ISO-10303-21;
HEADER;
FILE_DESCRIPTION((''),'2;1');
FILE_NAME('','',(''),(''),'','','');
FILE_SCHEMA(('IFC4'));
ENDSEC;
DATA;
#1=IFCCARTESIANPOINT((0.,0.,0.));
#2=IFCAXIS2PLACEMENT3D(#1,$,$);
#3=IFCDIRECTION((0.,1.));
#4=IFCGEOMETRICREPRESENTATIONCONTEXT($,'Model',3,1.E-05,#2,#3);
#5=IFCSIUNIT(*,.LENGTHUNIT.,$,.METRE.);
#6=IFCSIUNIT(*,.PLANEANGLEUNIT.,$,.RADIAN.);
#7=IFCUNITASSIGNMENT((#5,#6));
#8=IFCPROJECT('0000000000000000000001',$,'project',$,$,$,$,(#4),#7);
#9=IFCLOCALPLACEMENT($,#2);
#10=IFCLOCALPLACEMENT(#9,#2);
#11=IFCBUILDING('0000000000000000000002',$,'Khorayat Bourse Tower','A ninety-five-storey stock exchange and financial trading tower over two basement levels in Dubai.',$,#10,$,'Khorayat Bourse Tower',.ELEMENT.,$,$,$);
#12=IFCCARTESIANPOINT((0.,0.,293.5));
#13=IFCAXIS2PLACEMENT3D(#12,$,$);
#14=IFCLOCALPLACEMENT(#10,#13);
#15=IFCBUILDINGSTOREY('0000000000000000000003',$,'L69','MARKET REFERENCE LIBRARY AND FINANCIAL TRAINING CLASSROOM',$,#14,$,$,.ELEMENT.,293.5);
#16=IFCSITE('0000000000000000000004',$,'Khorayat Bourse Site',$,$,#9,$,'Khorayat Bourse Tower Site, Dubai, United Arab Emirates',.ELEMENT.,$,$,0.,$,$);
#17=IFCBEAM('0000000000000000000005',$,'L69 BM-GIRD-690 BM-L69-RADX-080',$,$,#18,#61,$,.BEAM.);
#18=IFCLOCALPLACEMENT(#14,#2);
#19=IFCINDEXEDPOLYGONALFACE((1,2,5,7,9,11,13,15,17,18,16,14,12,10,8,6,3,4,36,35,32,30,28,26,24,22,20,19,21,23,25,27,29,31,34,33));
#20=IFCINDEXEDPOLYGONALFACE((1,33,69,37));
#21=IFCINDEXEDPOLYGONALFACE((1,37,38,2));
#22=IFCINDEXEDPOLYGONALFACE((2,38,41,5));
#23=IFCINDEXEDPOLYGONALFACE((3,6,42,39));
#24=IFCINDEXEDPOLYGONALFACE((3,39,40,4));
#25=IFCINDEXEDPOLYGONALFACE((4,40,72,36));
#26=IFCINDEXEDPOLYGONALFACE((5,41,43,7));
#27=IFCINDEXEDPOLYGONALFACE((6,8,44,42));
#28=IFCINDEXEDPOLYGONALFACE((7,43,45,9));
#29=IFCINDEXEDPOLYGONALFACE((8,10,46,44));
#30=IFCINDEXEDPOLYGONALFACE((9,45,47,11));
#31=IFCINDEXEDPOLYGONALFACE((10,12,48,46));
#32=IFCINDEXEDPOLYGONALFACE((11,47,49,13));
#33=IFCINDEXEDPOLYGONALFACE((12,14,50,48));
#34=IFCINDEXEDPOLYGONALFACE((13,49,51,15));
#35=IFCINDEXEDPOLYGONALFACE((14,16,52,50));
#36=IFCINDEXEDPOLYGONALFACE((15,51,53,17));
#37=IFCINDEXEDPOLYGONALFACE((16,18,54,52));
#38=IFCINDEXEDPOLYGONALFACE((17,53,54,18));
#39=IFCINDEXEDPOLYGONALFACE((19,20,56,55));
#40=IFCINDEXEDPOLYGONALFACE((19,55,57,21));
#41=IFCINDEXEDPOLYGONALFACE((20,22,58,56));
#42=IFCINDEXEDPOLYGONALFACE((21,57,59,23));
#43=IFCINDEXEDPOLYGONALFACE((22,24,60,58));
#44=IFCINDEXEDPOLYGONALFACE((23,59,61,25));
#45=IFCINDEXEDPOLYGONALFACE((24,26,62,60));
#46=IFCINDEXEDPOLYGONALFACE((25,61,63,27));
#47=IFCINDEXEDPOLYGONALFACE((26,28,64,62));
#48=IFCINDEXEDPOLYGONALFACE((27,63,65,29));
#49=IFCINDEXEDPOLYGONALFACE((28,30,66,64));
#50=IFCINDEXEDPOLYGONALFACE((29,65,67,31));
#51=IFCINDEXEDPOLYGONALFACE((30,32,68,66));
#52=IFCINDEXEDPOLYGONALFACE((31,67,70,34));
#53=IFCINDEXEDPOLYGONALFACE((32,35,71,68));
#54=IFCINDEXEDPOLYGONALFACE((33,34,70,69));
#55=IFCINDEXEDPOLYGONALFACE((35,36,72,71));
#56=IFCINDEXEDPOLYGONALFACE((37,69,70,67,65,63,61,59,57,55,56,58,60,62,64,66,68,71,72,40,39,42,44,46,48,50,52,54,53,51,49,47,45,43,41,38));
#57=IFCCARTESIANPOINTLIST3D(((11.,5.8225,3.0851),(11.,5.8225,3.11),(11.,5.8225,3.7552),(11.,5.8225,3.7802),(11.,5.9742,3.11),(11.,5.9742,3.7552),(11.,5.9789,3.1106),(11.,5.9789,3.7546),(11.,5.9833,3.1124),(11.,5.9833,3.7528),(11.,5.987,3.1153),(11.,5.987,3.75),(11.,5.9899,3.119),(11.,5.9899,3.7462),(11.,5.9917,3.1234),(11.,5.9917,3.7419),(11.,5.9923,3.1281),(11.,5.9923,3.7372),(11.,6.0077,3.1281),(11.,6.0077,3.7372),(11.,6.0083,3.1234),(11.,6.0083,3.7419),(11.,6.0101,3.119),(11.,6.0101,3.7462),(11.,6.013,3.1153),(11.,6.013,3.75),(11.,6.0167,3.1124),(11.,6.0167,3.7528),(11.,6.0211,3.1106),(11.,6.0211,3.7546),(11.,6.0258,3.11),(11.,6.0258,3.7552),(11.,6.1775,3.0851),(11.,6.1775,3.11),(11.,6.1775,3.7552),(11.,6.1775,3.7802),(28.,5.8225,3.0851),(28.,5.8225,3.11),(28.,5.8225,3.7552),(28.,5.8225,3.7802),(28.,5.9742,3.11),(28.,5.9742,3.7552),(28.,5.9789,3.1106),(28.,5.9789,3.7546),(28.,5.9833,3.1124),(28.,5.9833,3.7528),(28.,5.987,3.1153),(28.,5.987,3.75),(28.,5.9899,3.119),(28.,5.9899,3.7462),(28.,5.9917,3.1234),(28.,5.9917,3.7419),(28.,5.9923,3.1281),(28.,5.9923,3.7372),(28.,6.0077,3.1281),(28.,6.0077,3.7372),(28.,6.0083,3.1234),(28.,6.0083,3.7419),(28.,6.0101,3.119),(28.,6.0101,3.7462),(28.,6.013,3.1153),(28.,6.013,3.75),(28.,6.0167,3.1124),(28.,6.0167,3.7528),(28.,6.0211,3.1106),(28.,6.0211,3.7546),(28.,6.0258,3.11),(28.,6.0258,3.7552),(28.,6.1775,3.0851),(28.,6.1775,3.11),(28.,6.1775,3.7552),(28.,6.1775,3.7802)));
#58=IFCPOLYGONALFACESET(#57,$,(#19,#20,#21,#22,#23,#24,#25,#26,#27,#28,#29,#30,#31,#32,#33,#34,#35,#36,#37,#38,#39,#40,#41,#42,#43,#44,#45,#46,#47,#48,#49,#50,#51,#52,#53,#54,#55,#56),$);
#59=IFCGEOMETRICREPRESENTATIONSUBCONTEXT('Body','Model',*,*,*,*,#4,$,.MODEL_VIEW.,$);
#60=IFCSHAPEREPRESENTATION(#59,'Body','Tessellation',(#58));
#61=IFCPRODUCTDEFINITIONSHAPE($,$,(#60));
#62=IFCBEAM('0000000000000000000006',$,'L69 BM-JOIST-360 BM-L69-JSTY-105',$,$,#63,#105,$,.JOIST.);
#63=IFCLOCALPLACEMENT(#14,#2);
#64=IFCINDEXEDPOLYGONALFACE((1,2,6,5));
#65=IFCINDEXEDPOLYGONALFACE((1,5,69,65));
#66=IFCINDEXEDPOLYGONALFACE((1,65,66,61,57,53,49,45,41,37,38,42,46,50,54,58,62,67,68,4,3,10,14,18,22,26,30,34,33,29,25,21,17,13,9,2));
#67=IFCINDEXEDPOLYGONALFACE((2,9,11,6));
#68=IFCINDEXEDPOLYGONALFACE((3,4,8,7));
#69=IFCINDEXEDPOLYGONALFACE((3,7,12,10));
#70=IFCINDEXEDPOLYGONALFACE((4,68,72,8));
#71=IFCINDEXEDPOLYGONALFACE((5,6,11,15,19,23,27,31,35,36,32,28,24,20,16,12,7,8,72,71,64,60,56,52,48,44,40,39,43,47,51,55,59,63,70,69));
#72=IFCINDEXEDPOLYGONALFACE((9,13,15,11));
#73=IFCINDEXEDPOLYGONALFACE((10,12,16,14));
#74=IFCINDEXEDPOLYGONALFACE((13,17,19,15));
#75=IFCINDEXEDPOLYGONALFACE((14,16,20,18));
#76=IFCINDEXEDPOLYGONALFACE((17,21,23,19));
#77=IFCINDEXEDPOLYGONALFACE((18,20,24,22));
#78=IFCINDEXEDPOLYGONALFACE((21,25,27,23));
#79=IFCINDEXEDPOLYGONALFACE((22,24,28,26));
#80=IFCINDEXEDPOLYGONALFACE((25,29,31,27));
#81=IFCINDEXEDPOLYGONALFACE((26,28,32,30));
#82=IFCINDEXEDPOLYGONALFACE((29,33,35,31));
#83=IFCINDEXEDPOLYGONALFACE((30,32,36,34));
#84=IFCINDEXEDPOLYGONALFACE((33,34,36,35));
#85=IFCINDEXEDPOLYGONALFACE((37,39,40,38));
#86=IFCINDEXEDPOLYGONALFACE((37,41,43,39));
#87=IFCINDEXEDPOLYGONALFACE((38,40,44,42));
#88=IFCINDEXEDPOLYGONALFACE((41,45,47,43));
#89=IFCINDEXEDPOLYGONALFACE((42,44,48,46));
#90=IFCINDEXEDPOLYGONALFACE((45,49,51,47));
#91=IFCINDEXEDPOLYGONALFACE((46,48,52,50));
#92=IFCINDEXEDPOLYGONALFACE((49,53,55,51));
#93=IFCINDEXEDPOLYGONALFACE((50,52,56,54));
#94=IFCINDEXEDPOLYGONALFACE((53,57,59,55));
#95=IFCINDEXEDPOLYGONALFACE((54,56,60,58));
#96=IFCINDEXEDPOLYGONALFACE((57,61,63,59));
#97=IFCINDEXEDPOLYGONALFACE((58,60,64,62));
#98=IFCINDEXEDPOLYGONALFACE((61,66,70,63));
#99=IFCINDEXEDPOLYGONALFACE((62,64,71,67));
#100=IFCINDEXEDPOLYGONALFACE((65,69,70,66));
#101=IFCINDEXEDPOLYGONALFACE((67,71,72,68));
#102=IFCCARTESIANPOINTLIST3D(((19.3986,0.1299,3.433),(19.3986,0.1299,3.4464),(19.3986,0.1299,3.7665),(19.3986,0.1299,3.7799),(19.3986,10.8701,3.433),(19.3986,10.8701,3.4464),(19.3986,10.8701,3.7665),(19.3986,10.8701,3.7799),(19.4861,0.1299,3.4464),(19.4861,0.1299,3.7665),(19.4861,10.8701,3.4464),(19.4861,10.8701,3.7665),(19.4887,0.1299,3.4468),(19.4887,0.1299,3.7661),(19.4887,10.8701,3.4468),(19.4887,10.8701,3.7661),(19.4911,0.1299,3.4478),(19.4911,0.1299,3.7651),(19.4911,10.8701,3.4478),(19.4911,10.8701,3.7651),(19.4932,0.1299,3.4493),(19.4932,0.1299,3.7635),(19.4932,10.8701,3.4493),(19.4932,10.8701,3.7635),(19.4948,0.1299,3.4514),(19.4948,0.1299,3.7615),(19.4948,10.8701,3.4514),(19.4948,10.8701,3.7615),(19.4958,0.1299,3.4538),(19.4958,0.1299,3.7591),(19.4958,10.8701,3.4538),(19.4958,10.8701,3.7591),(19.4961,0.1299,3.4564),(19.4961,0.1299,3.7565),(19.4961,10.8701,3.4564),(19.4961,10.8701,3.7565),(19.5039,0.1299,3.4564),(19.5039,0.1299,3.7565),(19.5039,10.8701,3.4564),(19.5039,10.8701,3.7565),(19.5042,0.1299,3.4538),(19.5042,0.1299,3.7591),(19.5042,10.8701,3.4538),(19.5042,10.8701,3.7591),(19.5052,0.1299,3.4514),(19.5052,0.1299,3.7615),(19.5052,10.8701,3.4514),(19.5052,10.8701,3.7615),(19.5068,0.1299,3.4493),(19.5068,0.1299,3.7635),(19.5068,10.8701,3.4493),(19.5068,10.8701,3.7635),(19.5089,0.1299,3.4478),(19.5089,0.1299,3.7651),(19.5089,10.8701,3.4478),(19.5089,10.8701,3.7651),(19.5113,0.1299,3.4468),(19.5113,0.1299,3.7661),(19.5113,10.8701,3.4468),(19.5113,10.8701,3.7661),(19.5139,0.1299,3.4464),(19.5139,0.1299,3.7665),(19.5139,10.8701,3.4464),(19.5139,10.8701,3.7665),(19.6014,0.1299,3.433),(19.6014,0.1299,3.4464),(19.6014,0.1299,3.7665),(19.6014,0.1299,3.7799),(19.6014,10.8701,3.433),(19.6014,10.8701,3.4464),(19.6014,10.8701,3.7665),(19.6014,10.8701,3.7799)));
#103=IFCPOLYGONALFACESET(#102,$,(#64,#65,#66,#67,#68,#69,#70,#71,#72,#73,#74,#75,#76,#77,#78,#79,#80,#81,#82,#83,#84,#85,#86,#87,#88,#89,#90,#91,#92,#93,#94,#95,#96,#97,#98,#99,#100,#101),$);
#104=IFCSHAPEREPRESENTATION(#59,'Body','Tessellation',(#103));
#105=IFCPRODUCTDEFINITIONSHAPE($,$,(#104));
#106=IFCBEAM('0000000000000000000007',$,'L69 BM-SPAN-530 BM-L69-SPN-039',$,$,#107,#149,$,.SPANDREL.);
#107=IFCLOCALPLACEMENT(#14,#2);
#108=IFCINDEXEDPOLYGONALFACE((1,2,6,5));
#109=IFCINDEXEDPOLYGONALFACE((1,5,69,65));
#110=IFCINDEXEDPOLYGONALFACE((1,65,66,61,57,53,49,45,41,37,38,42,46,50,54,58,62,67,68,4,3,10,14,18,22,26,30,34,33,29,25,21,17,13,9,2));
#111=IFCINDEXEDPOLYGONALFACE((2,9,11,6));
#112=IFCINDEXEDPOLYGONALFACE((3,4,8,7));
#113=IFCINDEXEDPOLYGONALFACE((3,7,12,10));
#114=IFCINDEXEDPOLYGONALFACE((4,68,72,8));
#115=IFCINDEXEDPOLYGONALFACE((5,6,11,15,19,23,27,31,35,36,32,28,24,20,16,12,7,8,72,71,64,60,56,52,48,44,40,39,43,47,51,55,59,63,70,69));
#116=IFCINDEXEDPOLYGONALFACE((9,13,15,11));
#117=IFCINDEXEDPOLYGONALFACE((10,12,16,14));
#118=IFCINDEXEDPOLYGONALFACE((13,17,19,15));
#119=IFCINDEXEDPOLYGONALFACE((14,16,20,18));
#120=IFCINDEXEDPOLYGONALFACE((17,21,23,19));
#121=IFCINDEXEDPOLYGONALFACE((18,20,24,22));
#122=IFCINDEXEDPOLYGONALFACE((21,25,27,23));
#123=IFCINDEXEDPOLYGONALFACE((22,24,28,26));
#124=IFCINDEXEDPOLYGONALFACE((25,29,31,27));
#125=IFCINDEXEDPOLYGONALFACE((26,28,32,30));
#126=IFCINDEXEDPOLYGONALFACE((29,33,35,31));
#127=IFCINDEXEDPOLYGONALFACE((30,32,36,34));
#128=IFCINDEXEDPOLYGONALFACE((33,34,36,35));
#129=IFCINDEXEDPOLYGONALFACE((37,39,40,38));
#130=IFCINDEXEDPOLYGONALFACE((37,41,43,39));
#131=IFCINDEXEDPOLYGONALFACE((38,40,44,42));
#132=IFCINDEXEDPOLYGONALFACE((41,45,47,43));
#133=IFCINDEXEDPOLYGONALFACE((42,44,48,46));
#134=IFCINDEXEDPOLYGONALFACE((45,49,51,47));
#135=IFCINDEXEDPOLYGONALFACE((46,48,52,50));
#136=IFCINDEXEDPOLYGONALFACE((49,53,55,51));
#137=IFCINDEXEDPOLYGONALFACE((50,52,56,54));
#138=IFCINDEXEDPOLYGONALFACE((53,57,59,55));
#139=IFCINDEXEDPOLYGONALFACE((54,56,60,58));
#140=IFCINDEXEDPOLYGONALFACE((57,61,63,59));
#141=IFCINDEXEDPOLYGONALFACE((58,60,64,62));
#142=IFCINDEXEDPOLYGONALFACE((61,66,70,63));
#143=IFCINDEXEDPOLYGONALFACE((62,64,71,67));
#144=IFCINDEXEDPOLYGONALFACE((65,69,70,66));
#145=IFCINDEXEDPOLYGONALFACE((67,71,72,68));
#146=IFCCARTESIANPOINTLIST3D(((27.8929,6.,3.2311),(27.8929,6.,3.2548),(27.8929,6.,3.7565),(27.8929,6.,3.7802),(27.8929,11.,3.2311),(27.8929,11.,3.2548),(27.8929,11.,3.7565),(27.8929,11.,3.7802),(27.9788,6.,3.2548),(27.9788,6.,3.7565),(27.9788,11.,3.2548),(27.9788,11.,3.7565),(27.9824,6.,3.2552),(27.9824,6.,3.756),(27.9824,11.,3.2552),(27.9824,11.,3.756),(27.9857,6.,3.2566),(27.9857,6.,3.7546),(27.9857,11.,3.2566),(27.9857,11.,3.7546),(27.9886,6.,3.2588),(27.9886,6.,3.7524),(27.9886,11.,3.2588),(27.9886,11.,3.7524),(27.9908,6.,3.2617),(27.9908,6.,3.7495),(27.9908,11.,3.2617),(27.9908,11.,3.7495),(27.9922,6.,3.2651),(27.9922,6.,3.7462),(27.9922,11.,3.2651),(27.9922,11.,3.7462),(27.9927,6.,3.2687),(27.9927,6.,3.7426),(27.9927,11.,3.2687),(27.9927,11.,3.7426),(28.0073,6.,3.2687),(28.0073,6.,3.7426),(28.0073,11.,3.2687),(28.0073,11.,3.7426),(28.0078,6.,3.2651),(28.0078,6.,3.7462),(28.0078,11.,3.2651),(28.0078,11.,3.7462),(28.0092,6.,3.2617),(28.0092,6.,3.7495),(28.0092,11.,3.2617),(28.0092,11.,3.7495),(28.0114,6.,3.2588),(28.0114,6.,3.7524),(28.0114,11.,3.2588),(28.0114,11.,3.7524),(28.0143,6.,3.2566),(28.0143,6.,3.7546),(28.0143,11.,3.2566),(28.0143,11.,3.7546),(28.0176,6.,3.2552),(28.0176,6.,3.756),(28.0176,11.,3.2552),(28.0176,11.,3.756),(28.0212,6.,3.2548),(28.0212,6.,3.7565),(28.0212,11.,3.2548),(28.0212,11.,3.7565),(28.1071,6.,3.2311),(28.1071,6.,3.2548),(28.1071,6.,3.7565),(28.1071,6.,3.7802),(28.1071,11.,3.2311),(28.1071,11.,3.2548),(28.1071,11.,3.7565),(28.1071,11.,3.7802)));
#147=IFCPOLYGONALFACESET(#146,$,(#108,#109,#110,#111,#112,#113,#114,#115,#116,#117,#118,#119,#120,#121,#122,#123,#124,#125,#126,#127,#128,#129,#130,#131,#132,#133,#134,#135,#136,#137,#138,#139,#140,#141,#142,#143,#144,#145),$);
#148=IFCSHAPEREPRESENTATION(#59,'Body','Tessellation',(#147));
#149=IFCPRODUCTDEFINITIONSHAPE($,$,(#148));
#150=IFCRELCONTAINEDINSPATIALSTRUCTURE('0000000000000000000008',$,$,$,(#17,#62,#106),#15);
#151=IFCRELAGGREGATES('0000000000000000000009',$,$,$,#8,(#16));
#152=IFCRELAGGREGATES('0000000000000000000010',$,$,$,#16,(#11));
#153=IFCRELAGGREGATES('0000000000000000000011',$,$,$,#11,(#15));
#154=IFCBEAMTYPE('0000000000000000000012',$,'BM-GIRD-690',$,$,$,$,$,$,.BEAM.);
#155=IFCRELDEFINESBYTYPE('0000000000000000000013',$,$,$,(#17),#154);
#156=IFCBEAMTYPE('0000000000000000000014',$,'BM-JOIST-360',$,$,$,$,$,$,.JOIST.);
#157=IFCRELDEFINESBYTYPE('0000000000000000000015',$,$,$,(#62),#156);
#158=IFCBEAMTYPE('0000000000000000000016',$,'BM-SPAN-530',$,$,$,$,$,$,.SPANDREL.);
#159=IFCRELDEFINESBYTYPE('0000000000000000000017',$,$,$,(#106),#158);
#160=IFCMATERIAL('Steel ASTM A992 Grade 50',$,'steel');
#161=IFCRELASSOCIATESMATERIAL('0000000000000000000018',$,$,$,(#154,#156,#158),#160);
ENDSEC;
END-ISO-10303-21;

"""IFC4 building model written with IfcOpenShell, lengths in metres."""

from ifc_helpers import new_model, si_unit, direction, frame, origin, origin_2d, place, context, subcontext, project, spatial, i_section, extrude, source, transform, mapped, material, material_profile, profile_set, type_object, element, save


model = new_model("IFC4")

# Units and contexts
model_context = context("Model", 3, precision=1e-05, world=origin(), true_north=direction((0.0, 1.0)))
body_context = subcontext(model_context, "Body", "Model", "MODEL_VIEW")
ifc_project = project(units=[si_unit("LENGTHUNIT", "METRE"), si_unit("PLANEANGLEUNIT", "RADIAN")], contexts=[model_context])

# Site, building, storey
site_placement = place(None, origin())
site = spatial("IfcSite", under=ifc_project, at=site_placement, Name="Khorayat Bourse Site", LongName="Khorayat Bourse Tower Site, Dubai, United Arab Emirates", CompositionType="ELEMENT", RefElevation=0.0)
building_placement = place(site_placement, origin())
building = spatial("IfcBuilding", under=site, at=building_placement, Name="Khorayat Bourse Tower", Description="A ninety-five-storey stock exchange and financial trading tower over two basement levels in Dubai.", LongName="Khorayat Bourse Tower", CompositionType="ELEMENT")
storey_placement = place(building_placement, frame((0.0, 0.0, 293.5)))
storey = spatial("IfcBuildingStorey", under=building, at=storey_placement, Name="L69", Description="MARKET REFERENCE LIBRARY AND FINANCIAL TRAINING CLASSROOM", CompositionType="ELEMENT", Elevation=293.5)

# Beams
ifc_material_1 = material(Name="Steel ASTM A992 Grade 50", Category="steel")
ifc_material_profile_1 = material_profile(ifc_material_1, i_section(OverallWidth=0.355, OverallDepth=0.6951, WebThickness=0.0154, FlangeThickness=0.0249, FilletRadius=0.0181, at=origin_2d()), Name="W690X217")
ifc_profile_set_1 = profile_set([ifc_material_profile_1], Name="Steel ASTM A992 Grade 50")
beam_type_1 = type_object("IfcBeamType", Name="BM-GIRD-690", PredefinedType="BEAM", material=ifc_profile_set_1)
shared_shape_1 = source(origin(), body_context, "Body", "SweptSolid", [
    extrude(i_section(OverallWidth=0.355, OverallDepth=0.6951, WebThickness=0.0154, FlangeThickness=0.0249, FilletRadius=0.0181, at=origin_2d()), origin(), (0.0, 0.0, 1.0), 17.0),
])
for number, where, z_axis, x_axis, name in (
    (1, (11.0, 6.0, 3.4326), (1.0, 0.0, 0.0), (0.0, 1.0, 0.0), "L69 BM-GIRD-690 BM-L69-RADX-080"),
):
    element("IfcBeam", number, at=place(storey_placement, frame(where, z_axis=z_axis, x_axis=x_axis)), inside=storey, type_object=beam_type_1, Name=name, PredefinedType="BEAM", context=body_context, shape_type="MappedRepresentation", body=[
        mapped(shared_shape_1, transform((0.0, 0.0, 0.0), scale=1.0)),
    ])
ifc_material_profile_2 = material_profile(ifc_material_1, i_section(OverallWidth=0.2029, OverallDepth=0.3469, WebThickness=0.0078, FlangeThickness=0.0134, FilletRadius=0.01, at=origin_2d()), Name="W360X64")
ifc_profile_set_2 = profile_set([ifc_material_profile_2], Name="Steel ASTM A992 Grade 50")
beam_type_2 = type_object("IfcBeamType", Name="BM-JOIST-360", PredefinedType="JOIST", material=ifc_profile_set_2)
shared_shape_2 = source(origin(), body_context, "Body", "SweptSolid", [
    extrude(i_section(OverallWidth=0.2029, OverallDepth=0.3469, WebThickness=0.0078, FlangeThickness=0.0134, FilletRadius=0.01, at=origin_2d()), origin(), (0.0, 0.0, 1.0), 10.7402),
])
beam_1_placement = place(storey_placement, frame((19.5, 0.1299, 3.6064), z_axis=(0.0, 1.0, 0.0), x_axis=(-1.0, 0.0, 0.0)))
element("IfcBeam", 2, at=beam_1_placement, inside=storey, type_object=beam_type_2, Name="L69 BM-JOIST-360 BM-L69-JSTY-105", PredefinedType="JOIST", context=body_context, shape_type="MappedRepresentation", body=[
    mapped(shared_shape_2, transform((0.0, 0.0, 0.0), scale=1.0)),
])
ifc_material_profile_3 = material_profile(ifc_material_1, i_section(OverallWidth=0.2141, OverallDepth=0.5491, WebThickness=0.0146, FlangeThickness=0.0237, FilletRadius=0.0139, at=origin_2d()), Name="W530X138")
ifc_profile_set_3 = profile_set([ifc_material_profile_3], Name="Steel ASTM A992 Grade 50")
beam_type_3 = type_object("IfcBeamType", Name="BM-SPAN-530", PredefinedType="SPANDREL", material=ifc_profile_set_3)
shared_shape_3 = source(origin(), body_context, "Body", "SweptSolid", [
    extrude(i_section(OverallWidth=0.2141, OverallDepth=0.5491, WebThickness=0.0146, FlangeThickness=0.0237, FilletRadius=0.0139, at=origin_2d()), origin(), (0.0, 0.0, 1.0), 5.0),
])
beam_2_placement = place(storey_placement, frame((28.0, 6.0, 3.5056), z_axis=(0.0, 1.0, 0.0), x_axis=(-1.0, 0.0, 0.0)))
element("IfcBeam", 3, at=beam_2_placement, inside=storey, type_object=beam_type_3, Name="L69 BM-SPAN-530 BM-L69-SPN-039", PredefinedType="SPANDREL", context=body_context, shape_type="MappedRepresentation", body=[
    mapped(shared_shape_3, transform((0.0, 0.0, 0.0), scale=1.0)),
])

save(model, "model.ifc")
